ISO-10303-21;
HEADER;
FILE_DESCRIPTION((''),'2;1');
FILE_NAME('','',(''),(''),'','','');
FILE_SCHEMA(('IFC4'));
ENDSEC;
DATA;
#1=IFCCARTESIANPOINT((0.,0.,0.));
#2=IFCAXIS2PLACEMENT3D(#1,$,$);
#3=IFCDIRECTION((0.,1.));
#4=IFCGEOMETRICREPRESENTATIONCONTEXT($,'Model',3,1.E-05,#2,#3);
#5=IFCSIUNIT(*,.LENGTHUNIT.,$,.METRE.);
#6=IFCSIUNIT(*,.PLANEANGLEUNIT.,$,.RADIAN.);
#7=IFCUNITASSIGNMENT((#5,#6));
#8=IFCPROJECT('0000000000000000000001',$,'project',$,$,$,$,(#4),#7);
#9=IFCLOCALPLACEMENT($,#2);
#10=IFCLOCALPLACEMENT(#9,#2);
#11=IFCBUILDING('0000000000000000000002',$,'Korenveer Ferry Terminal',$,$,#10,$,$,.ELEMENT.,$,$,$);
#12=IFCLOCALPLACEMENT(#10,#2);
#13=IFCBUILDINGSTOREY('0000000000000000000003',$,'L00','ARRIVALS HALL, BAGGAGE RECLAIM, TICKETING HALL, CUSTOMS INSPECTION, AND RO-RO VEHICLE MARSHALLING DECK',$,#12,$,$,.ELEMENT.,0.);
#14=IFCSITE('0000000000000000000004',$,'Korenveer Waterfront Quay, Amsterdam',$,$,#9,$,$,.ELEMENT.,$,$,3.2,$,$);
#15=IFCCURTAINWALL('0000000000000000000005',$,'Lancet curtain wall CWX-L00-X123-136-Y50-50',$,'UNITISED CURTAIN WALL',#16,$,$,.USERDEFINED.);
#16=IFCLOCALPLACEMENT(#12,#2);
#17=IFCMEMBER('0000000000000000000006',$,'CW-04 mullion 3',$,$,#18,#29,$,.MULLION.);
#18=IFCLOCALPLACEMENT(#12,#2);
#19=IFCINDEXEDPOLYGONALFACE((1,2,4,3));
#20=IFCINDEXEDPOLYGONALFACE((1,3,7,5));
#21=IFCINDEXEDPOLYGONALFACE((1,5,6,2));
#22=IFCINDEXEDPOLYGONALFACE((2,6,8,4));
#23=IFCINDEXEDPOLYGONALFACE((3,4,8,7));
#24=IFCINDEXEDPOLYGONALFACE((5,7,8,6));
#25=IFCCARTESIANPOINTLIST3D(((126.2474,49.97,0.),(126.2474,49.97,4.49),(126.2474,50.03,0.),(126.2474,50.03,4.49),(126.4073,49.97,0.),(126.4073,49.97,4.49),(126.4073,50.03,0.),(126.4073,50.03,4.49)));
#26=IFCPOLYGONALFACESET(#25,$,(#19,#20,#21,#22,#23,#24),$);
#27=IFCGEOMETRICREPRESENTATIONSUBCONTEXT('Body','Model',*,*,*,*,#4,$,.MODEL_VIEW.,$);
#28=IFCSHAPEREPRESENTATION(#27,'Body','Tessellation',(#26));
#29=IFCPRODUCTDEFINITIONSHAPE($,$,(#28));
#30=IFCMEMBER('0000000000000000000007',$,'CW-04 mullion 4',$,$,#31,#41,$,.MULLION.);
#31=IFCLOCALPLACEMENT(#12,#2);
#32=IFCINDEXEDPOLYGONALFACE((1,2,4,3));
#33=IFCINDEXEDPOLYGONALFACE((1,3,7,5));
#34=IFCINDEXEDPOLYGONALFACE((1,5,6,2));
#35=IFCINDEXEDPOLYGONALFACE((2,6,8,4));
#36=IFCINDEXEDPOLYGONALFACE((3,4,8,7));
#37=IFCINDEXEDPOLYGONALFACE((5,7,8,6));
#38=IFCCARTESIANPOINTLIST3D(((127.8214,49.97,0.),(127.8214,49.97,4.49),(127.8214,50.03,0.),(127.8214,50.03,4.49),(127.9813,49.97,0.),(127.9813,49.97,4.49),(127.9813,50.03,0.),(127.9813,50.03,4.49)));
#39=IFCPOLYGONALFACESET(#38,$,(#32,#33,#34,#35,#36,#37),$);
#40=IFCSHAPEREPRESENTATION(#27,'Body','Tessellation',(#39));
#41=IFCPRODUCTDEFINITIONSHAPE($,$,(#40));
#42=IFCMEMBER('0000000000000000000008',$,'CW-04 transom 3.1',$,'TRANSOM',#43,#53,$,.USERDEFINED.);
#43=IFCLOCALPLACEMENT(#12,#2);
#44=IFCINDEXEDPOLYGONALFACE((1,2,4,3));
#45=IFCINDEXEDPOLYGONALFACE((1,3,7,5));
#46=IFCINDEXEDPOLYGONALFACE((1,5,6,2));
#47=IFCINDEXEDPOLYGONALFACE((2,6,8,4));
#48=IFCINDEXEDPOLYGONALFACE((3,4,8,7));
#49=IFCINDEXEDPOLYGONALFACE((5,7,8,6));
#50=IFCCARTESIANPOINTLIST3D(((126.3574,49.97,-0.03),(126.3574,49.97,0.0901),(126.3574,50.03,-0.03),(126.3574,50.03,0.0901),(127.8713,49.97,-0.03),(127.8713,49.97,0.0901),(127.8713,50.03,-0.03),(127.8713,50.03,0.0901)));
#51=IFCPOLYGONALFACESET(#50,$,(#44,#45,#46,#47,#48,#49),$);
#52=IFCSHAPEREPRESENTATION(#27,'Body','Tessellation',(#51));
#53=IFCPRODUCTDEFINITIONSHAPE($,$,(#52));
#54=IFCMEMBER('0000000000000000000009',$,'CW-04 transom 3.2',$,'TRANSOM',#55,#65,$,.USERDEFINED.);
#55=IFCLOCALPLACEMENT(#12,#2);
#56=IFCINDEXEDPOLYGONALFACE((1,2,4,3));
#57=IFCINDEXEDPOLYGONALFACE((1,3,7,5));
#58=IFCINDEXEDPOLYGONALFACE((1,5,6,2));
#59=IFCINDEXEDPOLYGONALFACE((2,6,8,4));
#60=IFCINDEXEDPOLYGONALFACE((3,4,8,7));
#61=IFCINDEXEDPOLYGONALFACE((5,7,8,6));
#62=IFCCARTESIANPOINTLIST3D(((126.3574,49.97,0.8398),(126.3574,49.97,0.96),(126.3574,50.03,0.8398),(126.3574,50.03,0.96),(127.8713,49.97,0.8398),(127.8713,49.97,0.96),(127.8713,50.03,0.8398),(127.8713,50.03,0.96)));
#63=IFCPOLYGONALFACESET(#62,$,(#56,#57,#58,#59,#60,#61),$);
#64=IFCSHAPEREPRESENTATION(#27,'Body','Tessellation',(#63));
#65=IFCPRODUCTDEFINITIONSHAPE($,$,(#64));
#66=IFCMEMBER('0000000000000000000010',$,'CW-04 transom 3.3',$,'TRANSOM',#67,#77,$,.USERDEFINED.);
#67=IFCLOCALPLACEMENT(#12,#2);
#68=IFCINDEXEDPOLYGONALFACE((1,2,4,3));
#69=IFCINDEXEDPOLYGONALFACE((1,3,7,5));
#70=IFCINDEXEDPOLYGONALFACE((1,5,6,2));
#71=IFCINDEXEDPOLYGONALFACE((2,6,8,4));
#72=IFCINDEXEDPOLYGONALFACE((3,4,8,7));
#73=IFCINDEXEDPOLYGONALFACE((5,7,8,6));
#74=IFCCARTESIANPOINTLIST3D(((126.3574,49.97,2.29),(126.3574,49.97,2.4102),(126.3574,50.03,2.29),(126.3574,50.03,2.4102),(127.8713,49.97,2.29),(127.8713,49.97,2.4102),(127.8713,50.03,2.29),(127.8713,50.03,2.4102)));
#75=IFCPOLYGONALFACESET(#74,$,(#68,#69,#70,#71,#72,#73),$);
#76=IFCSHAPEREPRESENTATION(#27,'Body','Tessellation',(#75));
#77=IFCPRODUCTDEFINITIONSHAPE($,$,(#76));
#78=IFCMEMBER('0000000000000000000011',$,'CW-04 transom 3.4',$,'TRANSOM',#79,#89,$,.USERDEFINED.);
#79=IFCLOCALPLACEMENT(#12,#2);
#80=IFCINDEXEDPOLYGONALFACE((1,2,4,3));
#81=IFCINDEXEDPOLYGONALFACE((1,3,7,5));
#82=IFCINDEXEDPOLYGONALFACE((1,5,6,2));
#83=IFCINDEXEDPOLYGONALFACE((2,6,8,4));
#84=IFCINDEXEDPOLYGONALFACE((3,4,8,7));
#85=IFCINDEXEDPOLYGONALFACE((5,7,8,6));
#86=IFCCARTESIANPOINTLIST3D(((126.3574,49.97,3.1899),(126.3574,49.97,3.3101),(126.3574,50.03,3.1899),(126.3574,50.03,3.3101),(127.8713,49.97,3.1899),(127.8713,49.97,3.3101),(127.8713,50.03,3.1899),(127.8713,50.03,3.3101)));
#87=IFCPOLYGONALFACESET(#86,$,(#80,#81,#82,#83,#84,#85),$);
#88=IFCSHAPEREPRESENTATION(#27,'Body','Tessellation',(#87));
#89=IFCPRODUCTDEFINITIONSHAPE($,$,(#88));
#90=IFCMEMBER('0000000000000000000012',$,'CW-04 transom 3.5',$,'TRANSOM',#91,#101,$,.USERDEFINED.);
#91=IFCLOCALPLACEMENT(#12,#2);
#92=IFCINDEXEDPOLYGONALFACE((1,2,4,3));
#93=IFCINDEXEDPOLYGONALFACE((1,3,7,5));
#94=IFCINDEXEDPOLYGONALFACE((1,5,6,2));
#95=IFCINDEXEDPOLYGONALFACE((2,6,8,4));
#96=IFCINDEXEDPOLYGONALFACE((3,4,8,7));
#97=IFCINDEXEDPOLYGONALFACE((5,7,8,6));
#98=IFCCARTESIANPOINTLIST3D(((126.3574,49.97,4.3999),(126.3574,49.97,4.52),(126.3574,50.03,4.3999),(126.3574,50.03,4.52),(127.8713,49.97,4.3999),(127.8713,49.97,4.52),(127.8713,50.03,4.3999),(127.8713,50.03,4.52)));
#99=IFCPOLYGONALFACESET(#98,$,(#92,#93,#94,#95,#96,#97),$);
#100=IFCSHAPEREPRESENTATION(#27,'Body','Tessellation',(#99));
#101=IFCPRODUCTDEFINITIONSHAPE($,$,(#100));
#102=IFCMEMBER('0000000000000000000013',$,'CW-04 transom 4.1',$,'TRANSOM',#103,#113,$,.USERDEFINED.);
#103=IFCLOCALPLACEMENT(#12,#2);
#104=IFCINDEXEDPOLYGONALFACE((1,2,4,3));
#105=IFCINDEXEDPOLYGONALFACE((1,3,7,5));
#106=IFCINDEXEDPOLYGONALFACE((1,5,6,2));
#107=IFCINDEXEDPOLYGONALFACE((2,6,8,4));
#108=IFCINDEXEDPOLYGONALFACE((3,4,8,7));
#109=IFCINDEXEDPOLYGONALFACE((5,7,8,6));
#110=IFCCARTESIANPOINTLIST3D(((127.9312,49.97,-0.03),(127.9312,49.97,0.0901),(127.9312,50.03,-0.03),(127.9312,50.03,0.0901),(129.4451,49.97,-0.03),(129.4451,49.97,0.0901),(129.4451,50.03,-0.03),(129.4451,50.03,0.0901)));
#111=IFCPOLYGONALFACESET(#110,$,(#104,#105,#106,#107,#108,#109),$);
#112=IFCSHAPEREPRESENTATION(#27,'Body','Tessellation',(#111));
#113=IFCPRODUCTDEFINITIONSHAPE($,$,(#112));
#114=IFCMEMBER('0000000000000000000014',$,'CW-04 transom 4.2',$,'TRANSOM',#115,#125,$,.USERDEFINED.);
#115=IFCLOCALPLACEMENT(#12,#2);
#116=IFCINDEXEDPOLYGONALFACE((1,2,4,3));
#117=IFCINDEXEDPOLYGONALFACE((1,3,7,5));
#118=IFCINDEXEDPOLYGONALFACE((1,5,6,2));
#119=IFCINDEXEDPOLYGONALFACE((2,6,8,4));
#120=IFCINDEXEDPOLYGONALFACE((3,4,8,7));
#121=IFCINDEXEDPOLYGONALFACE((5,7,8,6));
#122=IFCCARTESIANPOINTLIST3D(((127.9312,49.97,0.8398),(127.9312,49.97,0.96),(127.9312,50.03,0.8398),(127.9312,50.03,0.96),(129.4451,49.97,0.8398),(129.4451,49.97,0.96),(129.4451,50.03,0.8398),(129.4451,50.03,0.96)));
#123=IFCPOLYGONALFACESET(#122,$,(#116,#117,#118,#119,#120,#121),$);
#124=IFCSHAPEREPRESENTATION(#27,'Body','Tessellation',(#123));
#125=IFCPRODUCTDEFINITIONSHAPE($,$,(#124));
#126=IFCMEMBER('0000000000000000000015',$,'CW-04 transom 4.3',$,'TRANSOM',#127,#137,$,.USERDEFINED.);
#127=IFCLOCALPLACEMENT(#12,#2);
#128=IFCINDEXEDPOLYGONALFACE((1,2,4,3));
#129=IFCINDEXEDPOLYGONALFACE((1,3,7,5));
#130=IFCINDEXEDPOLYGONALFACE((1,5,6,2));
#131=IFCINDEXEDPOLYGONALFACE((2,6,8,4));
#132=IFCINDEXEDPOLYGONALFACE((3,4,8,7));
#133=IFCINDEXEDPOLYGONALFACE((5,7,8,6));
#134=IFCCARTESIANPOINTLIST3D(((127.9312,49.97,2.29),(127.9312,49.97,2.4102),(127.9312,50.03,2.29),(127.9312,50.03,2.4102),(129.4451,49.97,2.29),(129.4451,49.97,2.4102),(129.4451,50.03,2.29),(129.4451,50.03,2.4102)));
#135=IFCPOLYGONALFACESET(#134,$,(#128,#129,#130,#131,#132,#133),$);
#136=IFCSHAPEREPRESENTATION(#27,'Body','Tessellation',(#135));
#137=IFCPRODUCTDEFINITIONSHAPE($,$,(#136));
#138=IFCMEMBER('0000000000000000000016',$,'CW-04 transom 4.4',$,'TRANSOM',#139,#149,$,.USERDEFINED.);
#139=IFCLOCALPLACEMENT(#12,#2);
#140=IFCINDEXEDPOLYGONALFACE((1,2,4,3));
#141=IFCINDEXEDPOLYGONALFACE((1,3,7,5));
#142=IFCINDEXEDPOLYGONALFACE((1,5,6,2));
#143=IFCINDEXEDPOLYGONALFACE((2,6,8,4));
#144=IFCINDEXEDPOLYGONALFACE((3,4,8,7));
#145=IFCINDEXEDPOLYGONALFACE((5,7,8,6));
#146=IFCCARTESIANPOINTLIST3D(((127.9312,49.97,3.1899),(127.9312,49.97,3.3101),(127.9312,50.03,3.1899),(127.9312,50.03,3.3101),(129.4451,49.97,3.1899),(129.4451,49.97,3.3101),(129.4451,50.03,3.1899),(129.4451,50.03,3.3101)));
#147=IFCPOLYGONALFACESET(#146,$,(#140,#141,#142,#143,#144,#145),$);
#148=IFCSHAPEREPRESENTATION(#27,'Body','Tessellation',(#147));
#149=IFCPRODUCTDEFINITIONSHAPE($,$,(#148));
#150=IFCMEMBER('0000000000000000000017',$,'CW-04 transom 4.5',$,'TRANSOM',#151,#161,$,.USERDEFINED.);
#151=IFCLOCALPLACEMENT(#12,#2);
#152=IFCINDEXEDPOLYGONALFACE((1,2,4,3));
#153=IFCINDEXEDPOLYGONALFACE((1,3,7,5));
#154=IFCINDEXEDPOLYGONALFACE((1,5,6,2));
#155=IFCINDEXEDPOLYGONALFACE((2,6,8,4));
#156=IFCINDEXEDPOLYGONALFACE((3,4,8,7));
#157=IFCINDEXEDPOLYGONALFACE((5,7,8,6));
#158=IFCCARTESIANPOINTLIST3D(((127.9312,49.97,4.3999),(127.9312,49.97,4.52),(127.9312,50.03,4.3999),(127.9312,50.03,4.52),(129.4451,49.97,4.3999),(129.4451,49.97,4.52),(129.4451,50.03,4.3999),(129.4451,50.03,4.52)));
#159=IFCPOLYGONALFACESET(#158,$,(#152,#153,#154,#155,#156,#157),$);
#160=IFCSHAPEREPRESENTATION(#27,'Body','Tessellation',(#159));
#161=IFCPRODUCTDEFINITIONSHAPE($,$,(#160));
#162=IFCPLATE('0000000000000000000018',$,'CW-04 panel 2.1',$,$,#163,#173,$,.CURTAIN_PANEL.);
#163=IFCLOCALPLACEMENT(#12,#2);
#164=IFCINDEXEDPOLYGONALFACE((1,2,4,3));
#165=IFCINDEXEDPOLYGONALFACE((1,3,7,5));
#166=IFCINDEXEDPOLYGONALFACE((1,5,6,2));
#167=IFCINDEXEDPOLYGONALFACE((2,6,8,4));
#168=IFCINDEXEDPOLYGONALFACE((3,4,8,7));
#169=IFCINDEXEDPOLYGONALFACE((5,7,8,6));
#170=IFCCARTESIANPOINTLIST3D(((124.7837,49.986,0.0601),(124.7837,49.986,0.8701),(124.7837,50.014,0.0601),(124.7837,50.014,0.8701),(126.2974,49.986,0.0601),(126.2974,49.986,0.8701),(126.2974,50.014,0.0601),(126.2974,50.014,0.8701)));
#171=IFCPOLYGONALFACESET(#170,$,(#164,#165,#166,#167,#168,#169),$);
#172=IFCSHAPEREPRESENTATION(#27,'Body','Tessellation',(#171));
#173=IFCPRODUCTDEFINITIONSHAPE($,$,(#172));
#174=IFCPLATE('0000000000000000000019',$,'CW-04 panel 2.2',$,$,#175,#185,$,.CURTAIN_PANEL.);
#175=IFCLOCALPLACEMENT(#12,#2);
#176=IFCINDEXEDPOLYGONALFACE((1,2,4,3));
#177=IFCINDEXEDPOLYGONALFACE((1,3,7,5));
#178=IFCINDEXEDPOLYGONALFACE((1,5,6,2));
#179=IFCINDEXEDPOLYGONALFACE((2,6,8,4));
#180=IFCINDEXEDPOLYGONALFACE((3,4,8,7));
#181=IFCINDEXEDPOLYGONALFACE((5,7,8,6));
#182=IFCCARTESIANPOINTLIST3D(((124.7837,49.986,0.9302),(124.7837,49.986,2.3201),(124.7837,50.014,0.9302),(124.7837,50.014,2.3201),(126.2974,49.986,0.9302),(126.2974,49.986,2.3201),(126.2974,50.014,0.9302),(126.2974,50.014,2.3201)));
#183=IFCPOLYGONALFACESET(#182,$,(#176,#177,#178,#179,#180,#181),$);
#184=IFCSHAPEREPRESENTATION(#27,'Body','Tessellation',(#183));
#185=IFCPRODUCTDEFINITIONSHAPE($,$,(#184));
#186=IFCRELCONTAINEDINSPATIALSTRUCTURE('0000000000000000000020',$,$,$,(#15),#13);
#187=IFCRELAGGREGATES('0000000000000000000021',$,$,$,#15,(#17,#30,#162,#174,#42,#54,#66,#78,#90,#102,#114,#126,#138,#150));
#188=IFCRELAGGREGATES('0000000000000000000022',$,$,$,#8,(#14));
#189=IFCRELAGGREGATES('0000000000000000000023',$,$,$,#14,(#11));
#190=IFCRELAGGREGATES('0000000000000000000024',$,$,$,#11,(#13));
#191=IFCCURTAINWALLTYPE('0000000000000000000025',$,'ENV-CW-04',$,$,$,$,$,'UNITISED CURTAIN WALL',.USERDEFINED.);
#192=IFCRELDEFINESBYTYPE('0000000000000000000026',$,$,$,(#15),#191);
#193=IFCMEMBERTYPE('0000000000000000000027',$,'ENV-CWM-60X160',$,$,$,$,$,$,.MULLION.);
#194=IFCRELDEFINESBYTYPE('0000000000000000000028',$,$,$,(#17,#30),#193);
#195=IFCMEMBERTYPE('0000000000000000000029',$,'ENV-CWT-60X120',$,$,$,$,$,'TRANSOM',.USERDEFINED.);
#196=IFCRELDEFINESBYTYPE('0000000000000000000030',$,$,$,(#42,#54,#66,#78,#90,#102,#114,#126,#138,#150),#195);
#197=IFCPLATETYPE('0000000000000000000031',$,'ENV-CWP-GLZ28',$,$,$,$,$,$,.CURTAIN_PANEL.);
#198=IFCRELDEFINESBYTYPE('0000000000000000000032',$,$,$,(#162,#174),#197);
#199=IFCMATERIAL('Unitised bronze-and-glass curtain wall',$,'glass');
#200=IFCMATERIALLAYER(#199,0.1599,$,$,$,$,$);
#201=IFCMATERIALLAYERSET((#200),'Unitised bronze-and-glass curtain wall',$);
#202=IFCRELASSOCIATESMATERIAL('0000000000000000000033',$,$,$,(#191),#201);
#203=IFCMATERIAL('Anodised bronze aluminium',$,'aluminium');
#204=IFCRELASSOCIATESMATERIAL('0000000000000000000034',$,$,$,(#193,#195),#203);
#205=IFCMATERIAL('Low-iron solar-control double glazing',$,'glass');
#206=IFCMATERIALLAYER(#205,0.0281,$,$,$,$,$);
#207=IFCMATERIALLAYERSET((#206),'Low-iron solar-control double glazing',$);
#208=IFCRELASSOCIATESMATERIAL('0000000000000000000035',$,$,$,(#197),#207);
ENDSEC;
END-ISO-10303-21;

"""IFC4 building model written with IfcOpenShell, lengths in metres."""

from ifc_helpers import new_model, si_unit, direction, frame, origin, origin_2d, place, context, subcontext, project, spatial, rectangle, extrude, material, layer, layer_set, material_profile, profile_set, type_object, element, aggregate, save


model = new_model("IFC4")

# Units and contexts
model_context = context("Model", 3, precision=1e-05, world=origin(), true_north=direction((0.0, 1.0)))
body_context = subcontext(model_context, "Body", "Model", "MODEL_VIEW")
ifc_project = project(units=[si_unit("LENGTHUNIT", "METRE"), si_unit("PLANEANGLEUNIT", "RADIAN")], contexts=[model_context])

# Site, building, storey
site_placement = place(None, origin())
site = spatial("IfcSite", under=ifc_project, at=site_placement, Name="Korenveer Waterfront Quay, Amsterdam", CompositionType="ELEMENT", RefElevation=3.2)
building_placement = place(site_placement, origin())
building = spatial("IfcBuilding", under=site, at=building_placement, Name="Korenveer Ferry Terminal", CompositionType="ELEMENT")
storey_placement = place(building_placement, origin())
storey = spatial("IfcBuildingStorey", under=building, at=storey_placement, Name="L00", Description="ARRIVALS HALL, BAGGAGE RECLAIM, TICKETING HALL, CUSTOMS INSPECTION, AND RO-RO VEHICLE MARSHALLING DECK", CompositionType="ELEMENT", Elevation=0.0)

# Curtain wall, members, plates
ifc_material_1 = material(Name="Unitised bronze-and-glass curtain wall", Category="glass")
ifc_layer_1 = layer(ifc_material_1, 0.1599)
ifc_layer_set_1 = layer_set([ifc_layer_1], Name="Unitised bronze-and-glass curtain wall")
curtain_wall_type = type_object("IfcCurtainWallType", Name="ENV-CW-04", ElementType="UNITISED CURTAIN WALL", PredefinedType="USERDEFINED", material=ifc_layer_set_1)
curtain_wall_placement = place(storey_placement, frame((123.1799, 50.0, 0.0)))
curtain_wall = element("IfcCurtainWall", 1, at=curtain_wall_placement, inside=storey, type_object=curtain_wall_type, Name="Lancet curtain wall CWX-L00-X123-136-Y50-50", ObjectType="UNITISED CURTAIN WALL", PredefinedType="USERDEFINED")
ifc_material_2 = material(Name="Anodised bronze aluminium", Category="aluminium")
ifc_material_profile_1 = material_profile(ifc_material_2, rectangle(XDim=0.0601, YDim=0.1599, at=origin_2d()), Name="ALU 60x160")
ifc_profile_set_1 = profile_set([ifc_material_profile_1], Name="Anodised bronze aluminium")
member_type_1 = type_object("IfcMemberType", Name="ENV-CWM-60X160", PredefinedType="MULLION", material=ifc_profile_set_1)
member_1_placement = place(storey_placement, frame((126.3274, 50.0, 0.0), z_axis=(0.0, 0.0, 1.0), x_axis=(0.0, 1.0, 0.0)))
member_1 = element("IfcMember", 2, at=member_1_placement, type_object=member_type_1, Name="CW-04 mullion 3", PredefinedType="MULLION", context=body_context, shape_type="SweptSolid", body=[
    extrude(rectangle(XDim=0.0601, YDim=0.1599, at=origin_2d()), origin(), (0.0, 0.0, 1.0), 4.49),
])
member_2_placement = place(storey_placement, frame((127.9014, 50.0, 0.0), z_axis=(0.0, 0.0, 1.0), x_axis=(0.0, 1.0, 0.0)))
member_2 = element("IfcMember", 3, at=member_2_placement, type_object=member_type_1, Name="CW-04 mullion 4", PredefinedType="MULLION", context=body_context, shape_type="SweptSolid", body=[
    extrude(rectangle(XDim=0.0601, YDim=0.1599, at=origin_2d()), origin(), (0.0, 0.0, 1.0), 4.49),
])
ifc_material_profile_2 = material_profile(ifc_material_2, rectangle(XDim=0.0601, YDim=0.1201, at=origin_2d()), Name="ALU 60x120")
ifc_profile_set_2 = profile_set([ifc_material_profile_2], Name="Anodised bronze aluminium")
member_type_2 = type_object("IfcMemberType", Name="ENV-CWT-60X120", ElementType="TRANSOM", PredefinedType="USERDEFINED", material=ifc_profile_set_2)
member_3_placement = place(storey_placement, frame((126.3574, 50.0, 0.03), z_axis=(1.0, 0.0, 0.0), x_axis=(0.0, 1.0, 0.0)))
member_3 = element("IfcMember", 4, at=member_3_placement, type_object=member_type_2, Name="CW-04 transom 3.1", ObjectType="TRANSOM", PredefinedType="USERDEFINED", context=body_context, shape_type="SweptSolid", body=[
    extrude(rectangle(XDim=0.0601, YDim=0.1201, at=origin_2d()), origin(), (0.0, 0.0, 1.0), 1.5139),
])
member_4_placement = place(storey_placement, frame((126.3574, 50.0, 0.8999), z_axis=(1.0, 0.0, 0.0), x_axis=(0.0, 1.0, 0.0)))
member_4 = element("IfcMember", 5, at=member_4_placement, type_object=member_type_2, Name="CW-04 transom 3.2", ObjectType="TRANSOM", PredefinedType="USERDEFINED", context=body_context, shape_type="SweptSolid", body=[
    extrude(rectangle(XDim=0.0601, YDim=0.1201, at=origin_2d()), origin(), (0.0, 0.0, 1.0), 1.5139),
])
member_5_placement = place(storey_placement, frame((126.3574, 50.0, 2.3501), z_axis=(1.0, 0.0, 0.0), x_axis=(0.0, 1.0, 0.0)))
member_5 = element("IfcMember", 6, at=member_5_placement, type_object=member_type_2, Name="CW-04 transom 3.3", ObjectType="TRANSOM", PredefinedType="USERDEFINED", context=body_context, shape_type="SweptSolid", body=[
    extrude(rectangle(XDim=0.0601, YDim=0.1201, at=origin_2d()), origin(), (0.0, 0.0, 1.0), 1.5139),
])
member_6_placement = place(storey_placement, frame((126.3574, 50.0, 3.25), z_axis=(1.0, 0.0, 0.0), x_axis=(0.0, 1.0, 0.0)))
member_6 = element("IfcMember", 7, at=member_6_placement, type_object=member_type_2, Name="CW-04 transom 3.4", ObjectType="TRANSOM", PredefinedType="USERDEFINED", context=body_context, shape_type="SweptSolid", body=[
    extrude(rectangle(XDim=0.0601, YDim=0.1201, at=origin_2d()), origin(), (0.0, 0.0, 1.0), 1.5139),
])
member_7_placement = place(storey_placement, frame((126.3574, 50.0, 4.46), z_axis=(1.0, 0.0, 0.0), x_axis=(0.0, 1.0, 0.0)))
member_7 = element("IfcMember", 8, at=member_7_placement, type_object=member_type_2, Name="CW-04 transom 3.5", ObjectType="TRANSOM", PredefinedType="USERDEFINED", context=body_context, shape_type="SweptSolid", body=[
    extrude(rectangle(XDim=0.0601, YDim=0.1201, at=origin_2d()), origin(), (0.0, 0.0, 1.0), 1.5139),
])
member_8_placement = place(storey_placement, frame((127.9312, 50.0, 0.03), z_axis=(1.0, 0.0, 0.0), x_axis=(0.0, 1.0, 0.0)))
member_8 = element("IfcMember", 9, at=member_8_placement, type_object=member_type_2, Name="CW-04 transom 4.1", ObjectType="TRANSOM", PredefinedType="USERDEFINED", context=body_context, shape_type="SweptSolid", body=[
    extrude(rectangle(XDim=0.0601, YDim=0.1201, at=origin_2d()), origin(), (0.0, 0.0, 1.0), 1.5139),
])
member_9_placement = place(storey_placement, frame((127.9312, 50.0, 0.8999), z_axis=(1.0, 0.0, 0.0), x_axis=(0.0, 1.0, 0.0)))
member_9 = element("IfcMember", 10, at=member_9_placement, type_object=member_type_2, Name="CW-04 transom 4.2", ObjectType="TRANSOM", PredefinedType="USERDEFINED", context=body_context, shape_type="SweptSolid", body=[
    extrude(rectangle(XDim=0.0601, YDim=0.1201, at=origin_2d()), origin(), (0.0, 0.0, 1.0), 1.5139),
])
member_10_placement = place(storey_placement, frame((127.9312, 50.0, 2.3501), z_axis=(1.0, 0.0, 0.0), x_axis=(0.0, 1.0, 0.0)))
member_10 = element("IfcMember", 11, at=member_10_placement, type_object=member_type_2, Name="CW-04 transom 4.3", ObjectType="TRANSOM", PredefinedType="USERDEFINED", context=body_context, shape_type="SweptSolid", body=[
    extrude(rectangle(XDim=0.0601, YDim=0.1201, at=origin_2d()), origin(), (0.0, 0.0, 1.0), 1.5139),
])
member_11_placement = place(storey_placement, frame((127.9312, 50.0, 3.25), z_axis=(1.0, 0.0, 0.0), x_axis=(0.0, 1.0, 0.0)))
member_11 = element("IfcMember", 12, at=member_11_placement, type_object=member_type_2, Name="CW-04 transom 4.4", ObjectType="TRANSOM", PredefinedType="USERDEFINED", context=body_context, shape_type="SweptSolid", body=[
    extrude(rectangle(XDim=0.0601, YDim=0.1201, at=origin_2d()), origin(), (0.0, 0.0, 1.0), 1.5139),
])
member_12_placement = place(storey_placement, frame((127.9312, 50.0, 4.46), z_axis=(1.0, 0.0, 0.0), x_axis=(0.0, 1.0, 0.0)))
member_12 = element("IfcMember", 13, at=member_12_placement, type_object=member_type_2, Name="CW-04 transom 4.5", ObjectType="TRANSOM", PredefinedType="USERDEFINED", context=body_context, shape_type="SweptSolid", body=[
    extrude(rectangle(XDim=0.0601, YDim=0.1201, at=origin_2d()), origin(), (0.0, 0.0, 1.0), 1.5139),
])
ifc_material_3 = material(Name="Low-iron solar-control double glazing", Category="glass")
ifc_layer_2 = layer(ifc_material_3, 0.0281)
ifc_layer_set_2 = layer_set([ifc_layer_2], Name="Low-iron solar-control double glazing")
plate_type = type_object("IfcPlateType", Name="ENV-CWP-GLZ28", PredefinedType="CURTAIN_PANEL", material=ifc_layer_set_2)
plate_1_placement = place(storey_placement, frame((125.5405, 50.0, 0.0601), z_axis=(0.0, 0.0, 1.0), x_axis=(1.0, 0.0, 0.0)))
plate_1 = element("IfcPlate", 14, at=plate_1_placement, type_object=plate_type, Name="CW-04 panel 2.1", PredefinedType="CURTAIN_PANEL", context=body_context, shape_type="SweptSolid", body=[
    extrude(rectangle(XDim=1.5137, YDim=0.0281, at=origin_2d()), origin(), (0.0, 0.0, 1.0), 0.8101),
])
plate_2_placement = place(storey_placement, frame((125.5405, 50.0, 0.9302), z_axis=(0.0, 0.0, 1.0), x_axis=(1.0, 0.0, 0.0)))
plate_2 = element("IfcPlate", 15, at=plate_2_placement, type_object=plate_type, Name="CW-04 panel 2.2", PredefinedType="CURTAIN_PANEL", context=body_context, shape_type="SweptSolid", body=[
    extrude(rectangle(XDim=1.5137, YDim=0.0281, at=origin_2d()), origin(), (0.0, 0.0, 1.0), 1.3899),
])
aggregate(curtain_wall, [member_1, member_2, plate_1, plate_2, member_3, member_4, member_5, member_6, member_7, member_8, member_9, member_10, member_11, member_12])

save(model, "model.ifc")
